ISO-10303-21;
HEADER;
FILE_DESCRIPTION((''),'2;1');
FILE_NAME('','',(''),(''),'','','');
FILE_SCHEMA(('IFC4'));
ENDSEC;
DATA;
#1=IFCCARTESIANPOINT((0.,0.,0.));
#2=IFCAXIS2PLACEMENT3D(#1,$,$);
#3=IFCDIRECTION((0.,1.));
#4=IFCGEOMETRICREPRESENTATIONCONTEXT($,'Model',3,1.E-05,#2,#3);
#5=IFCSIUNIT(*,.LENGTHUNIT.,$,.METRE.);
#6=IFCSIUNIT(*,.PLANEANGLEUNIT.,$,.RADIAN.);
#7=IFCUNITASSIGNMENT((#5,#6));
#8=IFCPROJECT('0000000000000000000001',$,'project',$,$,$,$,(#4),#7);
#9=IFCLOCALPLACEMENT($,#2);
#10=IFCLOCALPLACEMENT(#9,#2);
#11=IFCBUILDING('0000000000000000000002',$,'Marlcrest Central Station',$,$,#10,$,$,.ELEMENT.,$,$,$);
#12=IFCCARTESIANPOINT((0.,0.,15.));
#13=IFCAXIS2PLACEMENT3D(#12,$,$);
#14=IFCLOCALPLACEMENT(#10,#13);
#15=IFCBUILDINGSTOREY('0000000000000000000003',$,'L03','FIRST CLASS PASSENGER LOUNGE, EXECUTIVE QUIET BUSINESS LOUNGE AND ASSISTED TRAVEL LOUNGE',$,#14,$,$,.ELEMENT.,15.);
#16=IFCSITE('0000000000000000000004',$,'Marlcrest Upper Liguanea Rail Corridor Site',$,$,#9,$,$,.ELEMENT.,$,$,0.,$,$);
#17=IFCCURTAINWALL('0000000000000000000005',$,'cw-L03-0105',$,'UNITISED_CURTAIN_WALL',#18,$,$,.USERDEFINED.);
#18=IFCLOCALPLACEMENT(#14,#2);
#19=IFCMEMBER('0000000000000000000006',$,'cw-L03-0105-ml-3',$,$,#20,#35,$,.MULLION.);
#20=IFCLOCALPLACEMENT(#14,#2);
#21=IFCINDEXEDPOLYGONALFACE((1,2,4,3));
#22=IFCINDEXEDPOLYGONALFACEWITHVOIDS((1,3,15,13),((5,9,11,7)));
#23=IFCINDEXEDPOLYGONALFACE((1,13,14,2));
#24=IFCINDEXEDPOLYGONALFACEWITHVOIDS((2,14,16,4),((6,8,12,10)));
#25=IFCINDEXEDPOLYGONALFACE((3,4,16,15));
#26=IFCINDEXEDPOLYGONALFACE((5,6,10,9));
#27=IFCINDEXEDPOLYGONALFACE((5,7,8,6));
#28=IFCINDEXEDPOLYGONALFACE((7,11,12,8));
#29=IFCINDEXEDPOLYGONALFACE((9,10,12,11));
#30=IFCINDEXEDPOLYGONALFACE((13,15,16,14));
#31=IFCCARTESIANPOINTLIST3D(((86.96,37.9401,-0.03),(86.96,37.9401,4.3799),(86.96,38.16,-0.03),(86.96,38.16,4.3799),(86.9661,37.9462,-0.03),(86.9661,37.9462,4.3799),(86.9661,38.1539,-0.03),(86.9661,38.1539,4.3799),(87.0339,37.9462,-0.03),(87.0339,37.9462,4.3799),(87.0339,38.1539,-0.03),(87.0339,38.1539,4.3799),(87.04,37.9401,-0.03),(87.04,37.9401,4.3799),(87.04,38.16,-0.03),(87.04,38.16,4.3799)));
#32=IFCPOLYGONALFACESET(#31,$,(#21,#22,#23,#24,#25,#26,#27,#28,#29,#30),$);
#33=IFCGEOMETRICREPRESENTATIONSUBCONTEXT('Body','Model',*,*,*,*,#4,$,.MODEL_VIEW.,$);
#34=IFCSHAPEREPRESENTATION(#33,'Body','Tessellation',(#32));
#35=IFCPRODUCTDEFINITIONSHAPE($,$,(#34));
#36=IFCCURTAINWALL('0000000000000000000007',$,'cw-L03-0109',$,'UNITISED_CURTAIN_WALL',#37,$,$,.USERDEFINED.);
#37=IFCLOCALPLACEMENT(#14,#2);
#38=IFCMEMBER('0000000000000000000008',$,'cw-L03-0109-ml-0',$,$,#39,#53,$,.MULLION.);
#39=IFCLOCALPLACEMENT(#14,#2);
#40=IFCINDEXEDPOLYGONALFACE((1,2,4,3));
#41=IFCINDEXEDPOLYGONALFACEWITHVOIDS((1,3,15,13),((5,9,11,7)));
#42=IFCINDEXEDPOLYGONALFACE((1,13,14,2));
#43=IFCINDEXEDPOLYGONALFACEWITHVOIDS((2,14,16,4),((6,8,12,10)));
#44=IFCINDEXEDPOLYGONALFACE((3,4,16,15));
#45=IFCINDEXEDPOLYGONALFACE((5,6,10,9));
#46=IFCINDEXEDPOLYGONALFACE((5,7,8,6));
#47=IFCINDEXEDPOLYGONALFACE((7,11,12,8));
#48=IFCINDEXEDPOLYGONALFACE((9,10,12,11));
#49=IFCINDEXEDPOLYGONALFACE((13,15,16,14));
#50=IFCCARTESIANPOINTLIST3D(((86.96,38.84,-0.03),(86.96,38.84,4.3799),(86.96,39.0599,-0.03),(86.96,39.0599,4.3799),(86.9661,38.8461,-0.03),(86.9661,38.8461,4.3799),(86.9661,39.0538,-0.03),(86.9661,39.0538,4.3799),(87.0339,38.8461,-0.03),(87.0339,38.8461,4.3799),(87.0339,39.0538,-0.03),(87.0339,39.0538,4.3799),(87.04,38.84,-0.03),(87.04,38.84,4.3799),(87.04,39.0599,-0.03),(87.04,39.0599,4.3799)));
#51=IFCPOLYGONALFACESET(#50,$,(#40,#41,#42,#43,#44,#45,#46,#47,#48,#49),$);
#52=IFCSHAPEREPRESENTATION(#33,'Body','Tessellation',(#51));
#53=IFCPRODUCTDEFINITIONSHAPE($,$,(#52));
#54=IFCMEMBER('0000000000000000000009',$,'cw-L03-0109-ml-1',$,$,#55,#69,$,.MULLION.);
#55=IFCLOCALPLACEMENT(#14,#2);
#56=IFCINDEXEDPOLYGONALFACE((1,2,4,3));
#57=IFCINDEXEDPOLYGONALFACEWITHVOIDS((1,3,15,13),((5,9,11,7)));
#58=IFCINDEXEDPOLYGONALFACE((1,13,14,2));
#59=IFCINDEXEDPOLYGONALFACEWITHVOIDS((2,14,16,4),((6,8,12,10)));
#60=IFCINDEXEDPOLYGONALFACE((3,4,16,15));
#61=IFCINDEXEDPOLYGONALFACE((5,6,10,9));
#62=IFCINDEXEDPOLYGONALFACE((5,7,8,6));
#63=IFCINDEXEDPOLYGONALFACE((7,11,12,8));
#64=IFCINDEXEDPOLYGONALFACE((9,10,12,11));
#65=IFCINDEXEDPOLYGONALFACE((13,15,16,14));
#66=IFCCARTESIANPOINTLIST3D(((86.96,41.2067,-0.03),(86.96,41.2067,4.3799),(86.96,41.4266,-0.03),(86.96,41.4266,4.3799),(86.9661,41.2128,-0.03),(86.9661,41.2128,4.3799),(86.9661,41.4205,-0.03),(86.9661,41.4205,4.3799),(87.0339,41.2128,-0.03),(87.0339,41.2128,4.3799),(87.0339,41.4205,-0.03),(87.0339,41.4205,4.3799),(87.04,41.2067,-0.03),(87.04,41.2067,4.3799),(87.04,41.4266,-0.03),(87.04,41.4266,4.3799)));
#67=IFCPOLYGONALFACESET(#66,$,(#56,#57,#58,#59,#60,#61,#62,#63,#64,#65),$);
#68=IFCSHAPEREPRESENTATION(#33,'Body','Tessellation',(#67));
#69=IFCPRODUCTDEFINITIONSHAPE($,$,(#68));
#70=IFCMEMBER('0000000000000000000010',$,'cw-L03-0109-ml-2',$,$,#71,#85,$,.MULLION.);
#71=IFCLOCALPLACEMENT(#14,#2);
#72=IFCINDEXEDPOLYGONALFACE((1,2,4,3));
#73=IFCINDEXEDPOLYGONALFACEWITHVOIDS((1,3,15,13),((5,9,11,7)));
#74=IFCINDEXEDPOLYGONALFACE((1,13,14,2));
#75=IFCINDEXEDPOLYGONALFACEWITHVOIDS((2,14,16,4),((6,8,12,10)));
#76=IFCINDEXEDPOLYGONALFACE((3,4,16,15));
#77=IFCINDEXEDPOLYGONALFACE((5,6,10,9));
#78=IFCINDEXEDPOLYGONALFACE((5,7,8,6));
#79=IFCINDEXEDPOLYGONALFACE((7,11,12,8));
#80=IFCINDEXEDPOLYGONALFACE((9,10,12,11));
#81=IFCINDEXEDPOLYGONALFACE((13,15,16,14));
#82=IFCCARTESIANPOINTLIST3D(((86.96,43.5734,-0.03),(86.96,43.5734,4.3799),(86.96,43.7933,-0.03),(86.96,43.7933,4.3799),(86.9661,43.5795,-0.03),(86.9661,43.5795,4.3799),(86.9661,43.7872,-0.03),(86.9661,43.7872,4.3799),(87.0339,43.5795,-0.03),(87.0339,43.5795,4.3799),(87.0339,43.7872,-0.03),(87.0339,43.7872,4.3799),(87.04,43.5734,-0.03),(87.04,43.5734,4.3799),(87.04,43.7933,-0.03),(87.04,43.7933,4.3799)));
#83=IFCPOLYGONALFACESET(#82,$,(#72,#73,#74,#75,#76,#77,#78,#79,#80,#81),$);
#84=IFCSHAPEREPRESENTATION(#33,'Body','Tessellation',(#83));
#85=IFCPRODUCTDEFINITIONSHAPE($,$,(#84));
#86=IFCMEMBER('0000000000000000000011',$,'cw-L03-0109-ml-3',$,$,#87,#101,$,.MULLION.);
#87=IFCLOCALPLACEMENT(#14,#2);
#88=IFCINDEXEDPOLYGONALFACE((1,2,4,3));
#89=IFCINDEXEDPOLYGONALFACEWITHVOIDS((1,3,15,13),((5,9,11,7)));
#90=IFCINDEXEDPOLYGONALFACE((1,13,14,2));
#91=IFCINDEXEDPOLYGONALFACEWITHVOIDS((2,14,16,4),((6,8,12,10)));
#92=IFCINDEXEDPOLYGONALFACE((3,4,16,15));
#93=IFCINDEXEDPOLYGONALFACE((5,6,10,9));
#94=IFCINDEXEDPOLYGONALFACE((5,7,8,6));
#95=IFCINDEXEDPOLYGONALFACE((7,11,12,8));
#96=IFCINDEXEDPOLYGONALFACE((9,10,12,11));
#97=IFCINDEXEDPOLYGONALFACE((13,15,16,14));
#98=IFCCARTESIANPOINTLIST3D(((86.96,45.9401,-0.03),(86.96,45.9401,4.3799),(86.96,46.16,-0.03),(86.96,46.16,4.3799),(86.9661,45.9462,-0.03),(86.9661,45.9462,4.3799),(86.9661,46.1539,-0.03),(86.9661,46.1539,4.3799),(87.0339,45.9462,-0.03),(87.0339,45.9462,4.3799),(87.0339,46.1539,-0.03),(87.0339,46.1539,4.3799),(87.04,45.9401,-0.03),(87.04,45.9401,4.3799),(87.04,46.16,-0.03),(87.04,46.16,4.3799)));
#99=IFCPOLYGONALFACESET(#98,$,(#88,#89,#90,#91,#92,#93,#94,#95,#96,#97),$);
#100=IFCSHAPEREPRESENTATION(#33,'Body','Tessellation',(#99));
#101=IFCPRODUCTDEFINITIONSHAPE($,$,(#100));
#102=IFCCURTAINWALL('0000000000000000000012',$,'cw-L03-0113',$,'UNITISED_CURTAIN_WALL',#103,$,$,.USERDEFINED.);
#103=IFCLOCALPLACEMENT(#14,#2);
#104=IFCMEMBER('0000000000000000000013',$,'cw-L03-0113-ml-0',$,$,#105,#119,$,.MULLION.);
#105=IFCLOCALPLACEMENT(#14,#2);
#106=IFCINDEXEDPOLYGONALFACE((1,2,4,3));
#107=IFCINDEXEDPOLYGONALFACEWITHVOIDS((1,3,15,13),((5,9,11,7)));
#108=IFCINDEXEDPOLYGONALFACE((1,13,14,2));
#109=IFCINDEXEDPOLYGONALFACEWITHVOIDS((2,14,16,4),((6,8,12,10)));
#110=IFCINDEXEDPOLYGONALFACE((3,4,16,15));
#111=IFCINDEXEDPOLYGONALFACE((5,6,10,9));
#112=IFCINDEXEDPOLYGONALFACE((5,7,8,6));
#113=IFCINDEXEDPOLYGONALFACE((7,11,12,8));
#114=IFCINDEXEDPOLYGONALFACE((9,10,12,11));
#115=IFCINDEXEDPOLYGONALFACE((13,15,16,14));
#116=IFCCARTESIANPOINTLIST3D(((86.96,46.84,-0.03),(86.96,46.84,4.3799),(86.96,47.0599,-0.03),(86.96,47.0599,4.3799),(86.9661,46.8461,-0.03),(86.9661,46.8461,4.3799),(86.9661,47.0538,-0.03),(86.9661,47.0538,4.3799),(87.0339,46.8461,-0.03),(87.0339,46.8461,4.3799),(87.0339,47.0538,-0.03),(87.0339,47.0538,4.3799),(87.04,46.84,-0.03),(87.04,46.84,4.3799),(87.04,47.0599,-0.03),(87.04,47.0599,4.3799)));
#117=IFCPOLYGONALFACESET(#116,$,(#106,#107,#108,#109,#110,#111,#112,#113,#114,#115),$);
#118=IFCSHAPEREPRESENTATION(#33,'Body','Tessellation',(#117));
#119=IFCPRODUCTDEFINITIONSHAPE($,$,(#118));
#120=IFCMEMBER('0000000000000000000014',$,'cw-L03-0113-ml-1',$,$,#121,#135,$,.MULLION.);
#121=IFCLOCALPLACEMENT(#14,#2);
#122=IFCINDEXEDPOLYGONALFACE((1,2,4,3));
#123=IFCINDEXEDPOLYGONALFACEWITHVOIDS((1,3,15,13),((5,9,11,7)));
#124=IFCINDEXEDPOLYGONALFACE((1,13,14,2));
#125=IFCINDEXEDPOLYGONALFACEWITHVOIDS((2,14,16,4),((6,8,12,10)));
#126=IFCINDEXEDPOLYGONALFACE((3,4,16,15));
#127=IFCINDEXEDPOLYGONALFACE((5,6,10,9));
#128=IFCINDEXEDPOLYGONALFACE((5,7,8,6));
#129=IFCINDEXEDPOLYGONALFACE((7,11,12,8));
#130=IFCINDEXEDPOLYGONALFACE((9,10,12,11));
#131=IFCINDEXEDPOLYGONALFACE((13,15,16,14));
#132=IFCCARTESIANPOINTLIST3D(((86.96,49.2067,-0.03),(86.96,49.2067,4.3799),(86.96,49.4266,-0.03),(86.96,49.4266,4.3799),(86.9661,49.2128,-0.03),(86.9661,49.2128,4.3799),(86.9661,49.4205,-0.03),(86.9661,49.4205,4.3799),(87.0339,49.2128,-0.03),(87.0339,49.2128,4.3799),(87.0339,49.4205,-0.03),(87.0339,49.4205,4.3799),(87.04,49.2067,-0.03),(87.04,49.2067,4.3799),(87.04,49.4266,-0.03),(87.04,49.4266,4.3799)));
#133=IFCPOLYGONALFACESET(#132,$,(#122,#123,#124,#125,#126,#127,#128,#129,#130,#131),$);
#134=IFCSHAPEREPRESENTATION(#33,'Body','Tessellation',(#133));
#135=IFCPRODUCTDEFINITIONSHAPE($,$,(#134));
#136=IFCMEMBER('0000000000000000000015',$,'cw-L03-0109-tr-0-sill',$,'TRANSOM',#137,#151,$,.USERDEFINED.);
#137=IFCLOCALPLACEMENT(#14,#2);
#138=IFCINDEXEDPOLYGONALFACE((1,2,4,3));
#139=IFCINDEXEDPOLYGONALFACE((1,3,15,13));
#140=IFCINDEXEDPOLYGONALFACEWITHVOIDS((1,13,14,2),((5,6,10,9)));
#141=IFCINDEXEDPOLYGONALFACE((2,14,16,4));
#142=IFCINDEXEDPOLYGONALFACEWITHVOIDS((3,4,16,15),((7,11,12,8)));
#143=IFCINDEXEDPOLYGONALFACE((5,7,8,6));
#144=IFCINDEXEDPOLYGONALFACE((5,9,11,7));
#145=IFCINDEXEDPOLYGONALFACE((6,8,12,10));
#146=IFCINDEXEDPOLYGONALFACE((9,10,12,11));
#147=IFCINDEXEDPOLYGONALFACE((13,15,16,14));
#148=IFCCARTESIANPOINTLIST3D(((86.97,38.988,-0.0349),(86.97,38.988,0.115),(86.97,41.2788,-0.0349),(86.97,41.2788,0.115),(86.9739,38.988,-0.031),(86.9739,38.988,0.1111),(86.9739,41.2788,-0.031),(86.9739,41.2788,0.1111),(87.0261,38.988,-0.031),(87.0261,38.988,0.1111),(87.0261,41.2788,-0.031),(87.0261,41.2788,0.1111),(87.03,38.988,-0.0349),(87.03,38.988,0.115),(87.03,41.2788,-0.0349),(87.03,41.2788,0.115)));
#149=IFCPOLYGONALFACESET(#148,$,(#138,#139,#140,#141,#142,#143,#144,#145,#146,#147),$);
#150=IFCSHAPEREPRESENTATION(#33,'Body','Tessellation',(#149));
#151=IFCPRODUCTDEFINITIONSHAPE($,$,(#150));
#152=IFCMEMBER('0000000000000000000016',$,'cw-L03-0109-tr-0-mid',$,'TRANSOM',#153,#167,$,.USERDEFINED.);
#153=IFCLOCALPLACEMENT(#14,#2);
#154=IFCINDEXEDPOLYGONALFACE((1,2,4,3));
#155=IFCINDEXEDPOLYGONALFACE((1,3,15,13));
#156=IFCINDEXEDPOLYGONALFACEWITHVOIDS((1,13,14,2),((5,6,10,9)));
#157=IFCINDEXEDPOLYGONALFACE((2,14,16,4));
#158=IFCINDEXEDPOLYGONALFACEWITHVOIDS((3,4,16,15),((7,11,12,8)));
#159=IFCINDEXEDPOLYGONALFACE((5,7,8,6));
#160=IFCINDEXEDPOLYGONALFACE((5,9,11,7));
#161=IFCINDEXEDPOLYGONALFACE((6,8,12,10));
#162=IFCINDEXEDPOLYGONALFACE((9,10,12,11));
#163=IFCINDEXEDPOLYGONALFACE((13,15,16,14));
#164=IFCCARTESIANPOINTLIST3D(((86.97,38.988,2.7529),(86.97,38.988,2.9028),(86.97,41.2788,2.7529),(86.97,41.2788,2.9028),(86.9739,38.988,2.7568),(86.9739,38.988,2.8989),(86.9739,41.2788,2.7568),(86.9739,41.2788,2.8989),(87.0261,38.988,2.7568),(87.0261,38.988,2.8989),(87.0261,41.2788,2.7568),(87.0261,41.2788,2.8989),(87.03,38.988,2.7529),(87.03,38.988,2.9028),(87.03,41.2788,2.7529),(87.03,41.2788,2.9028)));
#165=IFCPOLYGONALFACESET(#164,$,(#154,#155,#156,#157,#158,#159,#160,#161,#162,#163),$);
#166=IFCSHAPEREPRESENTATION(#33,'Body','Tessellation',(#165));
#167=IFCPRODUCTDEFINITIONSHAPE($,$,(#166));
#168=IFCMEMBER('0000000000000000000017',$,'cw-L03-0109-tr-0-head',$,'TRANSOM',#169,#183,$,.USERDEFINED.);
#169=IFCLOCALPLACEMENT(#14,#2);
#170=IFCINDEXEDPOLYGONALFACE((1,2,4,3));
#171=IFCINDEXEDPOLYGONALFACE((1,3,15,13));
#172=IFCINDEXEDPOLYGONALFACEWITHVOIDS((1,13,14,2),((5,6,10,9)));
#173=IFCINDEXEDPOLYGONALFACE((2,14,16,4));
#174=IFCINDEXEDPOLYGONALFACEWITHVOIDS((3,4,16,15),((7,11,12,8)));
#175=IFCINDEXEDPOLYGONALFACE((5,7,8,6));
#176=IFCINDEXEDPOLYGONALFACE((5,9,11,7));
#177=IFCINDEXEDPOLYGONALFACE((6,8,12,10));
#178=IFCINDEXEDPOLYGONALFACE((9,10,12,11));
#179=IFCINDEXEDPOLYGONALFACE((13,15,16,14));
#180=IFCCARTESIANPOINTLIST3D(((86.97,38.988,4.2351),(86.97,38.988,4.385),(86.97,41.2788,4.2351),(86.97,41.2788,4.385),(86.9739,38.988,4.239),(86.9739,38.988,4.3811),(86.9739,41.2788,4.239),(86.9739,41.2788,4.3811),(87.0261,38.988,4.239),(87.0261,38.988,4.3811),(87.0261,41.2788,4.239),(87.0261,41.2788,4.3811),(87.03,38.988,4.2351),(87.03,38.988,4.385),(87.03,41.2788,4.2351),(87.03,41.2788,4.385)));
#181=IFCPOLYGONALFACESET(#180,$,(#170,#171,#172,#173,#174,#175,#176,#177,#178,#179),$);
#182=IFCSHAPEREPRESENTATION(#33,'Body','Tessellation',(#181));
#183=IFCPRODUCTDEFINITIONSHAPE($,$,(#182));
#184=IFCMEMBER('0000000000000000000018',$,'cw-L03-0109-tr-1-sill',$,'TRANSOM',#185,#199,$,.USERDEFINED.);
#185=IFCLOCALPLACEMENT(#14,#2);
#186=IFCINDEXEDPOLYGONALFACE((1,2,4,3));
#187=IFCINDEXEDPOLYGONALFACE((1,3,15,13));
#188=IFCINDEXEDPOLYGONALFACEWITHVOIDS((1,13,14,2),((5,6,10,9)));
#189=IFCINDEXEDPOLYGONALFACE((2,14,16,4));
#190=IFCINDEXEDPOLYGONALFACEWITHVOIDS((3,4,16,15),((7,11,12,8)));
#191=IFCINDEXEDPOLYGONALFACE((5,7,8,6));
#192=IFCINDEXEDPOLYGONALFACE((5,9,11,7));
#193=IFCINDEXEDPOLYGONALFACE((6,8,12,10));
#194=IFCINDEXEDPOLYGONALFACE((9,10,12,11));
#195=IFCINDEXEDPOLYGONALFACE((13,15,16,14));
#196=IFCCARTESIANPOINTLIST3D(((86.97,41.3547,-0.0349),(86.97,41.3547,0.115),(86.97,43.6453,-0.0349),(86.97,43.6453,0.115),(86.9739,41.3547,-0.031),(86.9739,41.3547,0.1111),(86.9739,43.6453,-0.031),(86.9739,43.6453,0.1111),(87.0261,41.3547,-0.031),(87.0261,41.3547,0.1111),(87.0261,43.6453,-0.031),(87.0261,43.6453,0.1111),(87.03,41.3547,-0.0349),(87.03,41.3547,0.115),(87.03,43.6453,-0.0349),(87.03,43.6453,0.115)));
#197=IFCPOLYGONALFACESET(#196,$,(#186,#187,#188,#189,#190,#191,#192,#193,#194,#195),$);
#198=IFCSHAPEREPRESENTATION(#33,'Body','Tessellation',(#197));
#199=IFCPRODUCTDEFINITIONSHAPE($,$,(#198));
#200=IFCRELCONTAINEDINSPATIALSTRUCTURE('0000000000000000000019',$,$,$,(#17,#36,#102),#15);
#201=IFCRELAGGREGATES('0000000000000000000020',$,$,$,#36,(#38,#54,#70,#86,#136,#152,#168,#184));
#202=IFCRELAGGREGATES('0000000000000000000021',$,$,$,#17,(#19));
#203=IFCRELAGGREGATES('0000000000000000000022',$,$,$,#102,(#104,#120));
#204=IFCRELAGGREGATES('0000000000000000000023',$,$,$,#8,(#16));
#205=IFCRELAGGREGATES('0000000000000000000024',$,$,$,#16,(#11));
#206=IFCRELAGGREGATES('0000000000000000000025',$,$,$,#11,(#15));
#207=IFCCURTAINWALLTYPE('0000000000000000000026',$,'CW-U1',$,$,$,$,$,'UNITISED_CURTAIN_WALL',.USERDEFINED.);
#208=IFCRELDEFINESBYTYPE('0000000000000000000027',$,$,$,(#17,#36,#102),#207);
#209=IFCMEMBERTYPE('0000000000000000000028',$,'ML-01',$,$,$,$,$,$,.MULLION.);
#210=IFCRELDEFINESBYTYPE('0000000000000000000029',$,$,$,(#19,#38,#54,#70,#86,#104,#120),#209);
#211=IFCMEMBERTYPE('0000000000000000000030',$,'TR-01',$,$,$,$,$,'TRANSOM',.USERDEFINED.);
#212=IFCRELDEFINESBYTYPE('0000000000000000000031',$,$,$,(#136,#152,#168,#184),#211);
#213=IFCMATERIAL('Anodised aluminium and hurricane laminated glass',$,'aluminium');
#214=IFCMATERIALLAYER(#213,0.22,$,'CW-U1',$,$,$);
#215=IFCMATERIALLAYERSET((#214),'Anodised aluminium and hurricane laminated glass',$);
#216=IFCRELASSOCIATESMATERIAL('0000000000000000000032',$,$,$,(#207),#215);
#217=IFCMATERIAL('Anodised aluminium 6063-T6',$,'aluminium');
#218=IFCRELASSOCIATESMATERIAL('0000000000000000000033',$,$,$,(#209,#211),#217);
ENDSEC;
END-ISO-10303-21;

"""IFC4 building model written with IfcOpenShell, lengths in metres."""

from ifc_helpers import new_model, si_unit, direction, frame, origin, origin_2d, place, context, subcontext, project, spatial, hollow_rectangle, extrude, material, layer, layer_set, material_profile, profile_set, type_object, element, aggregate, save


model = new_model("IFC4")

# Units and contexts
model_context = context("Model", 3, precision=1e-05, world=origin(), true_north=direction((0.0, 1.0)))
body_context = subcontext(model_context, "Body", "Model", "MODEL_VIEW")
ifc_project = project(units=[si_unit("LENGTHUNIT", "METRE"), si_unit("PLANEANGLEUNIT", "RADIAN")], contexts=[model_context])

# Site, building, storey
site_placement = place(None, origin())
site = spatial("IfcSite", under=ifc_project, at=site_placement, Name="Marlcrest Upper Liguanea Rail Corridor Site", CompositionType="ELEMENT", RefElevation=0.0)
building_placement = place(site_placement, origin())
building = spatial("IfcBuilding", under=site, at=building_placement, Name="Marlcrest Central Station", CompositionType="ELEMENT")
storey_placement = place(building_placement, frame((0.0, 0.0, 15.0)))
storey = spatial("IfcBuildingStorey", under=building, at=storey_placement, Name="L03", Description="FIRST CLASS PASSENGER LOUNGE, EXECUTIVE QUIET BUSINESS LOUNGE AND ASSISTED TRAVEL LOUNGE", CompositionType="ELEMENT", Elevation=15.0)

# Curtain wall, member
ifc_material_1 = material(Name="Anodised aluminium and hurricane laminated glass", Category="aluminium")
ifc_layer_1 = layer(ifc_material_1, 0.22, Name="CW-U1")
ifc_layer_set_1 = layer_set([ifc_layer_1], Name="Anodised aluminium and hurricane laminated glass")
curtain_wall_type = type_object("IfcCurtainWallType", Name="CW-U1", ElementType="UNITISED_CURTAIN_WALL", PredefinedType="USERDEFINED", material=ifc_layer_set_1)
curtain_wall_1_placement = place(storey_placement, origin())
curtain_wall_1 = element("IfcCurtainWall", 1, at=curtain_wall_1_placement, inside=storey, type_object=curtain_wall_type, Name="cw-L03-0105", ObjectType="UNITISED_CURTAIN_WALL", PredefinedType="USERDEFINED")
ifc_material_2 = material(Name="Anodised aluminium 6063-T6", Category="aluminium")
ifc_material_profile_1 = material_profile(ifc_material_2, hollow_rectangle(XDim=0.0801, YDim=0.22, WallThickness=0.0061, at=origin_2d()), Name="AA-RHS 220x80x6")
ifc_profile_set_1 = profile_set([ifc_material_profile_1], Name="Anodised aluminium 6063-T6")
member_type_1 = type_object("IfcMemberType", Name="ML-01", PredefinedType="MULLION", material=ifc_profile_set_1)
member_1_placement = place(storey_placement, frame((87.0, 38.05, -0.03), z_axis=(0.0, 0.0, 1.0), x_axis=(1.0, 0.0, 0.0)))
member_1 = element("IfcMember", 2, at=member_1_placement, type_object=member_type_1, Name="cw-L03-0105-ml-3", PredefinedType="MULLION", context=body_context, shape_type="SweptSolid", body=[
    extrude(hollow_rectangle(XDim=0.0801, YDim=0.22, WallThickness=0.0061, at=origin_2d()), origin(), (0.0, 0.0, 1.0), 4.4099),
])

# Curtain walls, members
curtain_wall_2_placement = place(storey_placement, origin())
curtain_wall_2 = element("IfcCurtainWall", 3, at=curtain_wall_2_placement, inside=storey, type_object=curtain_wall_type, Name="cw-L03-0109", ObjectType="UNITISED_CURTAIN_WALL", PredefinedType="USERDEFINED")
member_2_placement = place(storey_placement, frame((87.0, 38.95, -0.03), z_axis=(0.0, 0.0, 1.0), x_axis=(1.0, 0.0, 0.0)))
member_2 = element("IfcMember", 4, at=member_2_placement, type_object=member_type_1, Name="cw-L03-0109-ml-0", PredefinedType="MULLION", context=body_context, shape_type="SweptSolid", body=[
    extrude(hollow_rectangle(XDim=0.0801, YDim=0.22, WallThickness=0.0061, at=origin_2d()), origin(), (0.0, 0.0, 1.0), 4.4099),
])
member_3_placement = place(storey_placement, frame((87.0, 41.3167, -0.03), z_axis=(0.0, 0.0, 1.0), x_axis=(1.0, 0.0, 0.0)))
member_3 = element("IfcMember", 5, at=member_3_placement, type_object=member_type_1, Name="cw-L03-0109-ml-1", PredefinedType="MULLION", context=body_context, shape_type="SweptSolid", body=[
    extrude(hollow_rectangle(XDim=0.0801, YDim=0.22, WallThickness=0.0061, at=origin_2d()), origin(), (0.0, 0.0, 1.0), 4.4099),
])
member_4_placement = place(storey_placement, frame((87.0, 43.6833, -0.03), z_axis=(0.0, 0.0, 1.0), x_axis=(1.0, 0.0, 0.0)))
member_4 = element("IfcMember", 6, at=member_4_placement, type_object=member_type_1, Name="cw-L03-0109-ml-2", PredefinedType="MULLION", context=body_context, shape_type="SweptSolid", body=[
    extrude(hollow_rectangle(XDim=0.0801, YDim=0.22, WallThickness=0.0061, at=origin_2d()), origin(), (0.0, 0.0, 1.0), 4.4099),
])
member_5_placement = place(storey_placement, frame((87.0, 46.05, -0.03), z_axis=(0.0, 0.0, 1.0), x_axis=(1.0, 0.0, 0.0)))
member_5 = element("IfcMember", 7, at=member_5_placement, type_object=member_type_1, Name="cw-L03-0109-ml-3", PredefinedType="MULLION", context=body_context, shape_type="SweptSolid", body=[
    extrude(hollow_rectangle(XDim=0.0801, YDim=0.22, WallThickness=0.0061, at=origin_2d()), origin(), (0.0, 0.0, 1.0), 4.4099),
])
curtain_wall_3_placement = place(storey_placement, origin())
curtain_wall_3 = element("IfcCurtainWall", 8, at=curtain_wall_3_placement, inside=storey, type_object=curtain_wall_type, Name="cw-L03-0113", ObjectType="UNITISED_CURTAIN_WALL", PredefinedType="USERDEFINED")
member_6_placement = place(storey_placement, frame((87.0, 46.95, -0.03), z_axis=(0.0, 0.0, 1.0), x_axis=(1.0, 0.0, 0.0)))
member_6 = element("IfcMember", 9, at=member_6_placement, type_object=member_type_1, Name="cw-L03-0113-ml-0", PredefinedType="MULLION", context=body_context, shape_type="SweptSolid", body=[
    extrude(hollow_rectangle(XDim=0.0801, YDim=0.22, WallThickness=0.0061, at=origin_2d()), origin(), (0.0, 0.0, 1.0), 4.4099),
])
member_7_placement = place(storey_placement, frame((87.0, 49.3167, -0.03), z_axis=(0.0, 0.0, 1.0), x_axis=(1.0, 0.0, 0.0)))
member_7 = element("IfcMember", 10, at=member_7_placement, type_object=member_type_1, Name="cw-L03-0113-ml-1", PredefinedType="MULLION", context=body_context, shape_type="SweptSolid", body=[
    extrude(hollow_rectangle(XDim=0.0801, YDim=0.22, WallThickness=0.0061, at=origin_2d()), origin(), (0.0, 0.0, 1.0), 4.4099),
])

# Members
ifc_material_profile_2 = material_profile(ifc_material_2, hollow_rectangle(XDim=0.0601, YDim=0.1499, WallThickness=0.0039, at=origin_2d()), Name="AA-RHS 150x60x4")
ifc_profile_set_2 = profile_set([ifc_material_profile_2], Name="Anodised aluminium 6063-T6")
member_type_2 = type_object("IfcMemberType", Name="TR-01", ElementType="TRANSOM", PredefinedType="USERDEFINED", material=ifc_profile_set_2)
member_8_placement = place(storey_placement, frame((87.0, 38.988, 0.04), z_axis=(0.0, 1.0, 0.0), x_axis=(-1.0, 0.0, 0.0)))
member_8 = element("IfcMember", 11, at=member_8_placement, type_object=member_type_2, Name="cw-L03-0109-tr-0-sill", ObjectType="TRANSOM", PredefinedType="USERDEFINED", context=body_context, shape_type="SweptSolid", body=[
    extrude(hollow_rectangle(XDim=0.0601, YDim=0.1499, WallThickness=0.0039, at=origin_2d()), origin(), (0.0, 0.0, 1.0), 2.2908),
])
member_9_placement = place(storey_placement, frame((87.0, 38.988, 2.8279), z_axis=(0.0, 1.0, 0.0), x_axis=(-1.0, 0.0, 0.0)))
member_9 = element("IfcMember", 12, at=member_9_placement, type_object=member_type_2, Name="cw-L03-0109-tr-0-mid", ObjectType="TRANSOM", PredefinedType="USERDEFINED", context=body_context, shape_type="SweptSolid", body=[
    extrude(hollow_rectangle(XDim=0.0601, YDim=0.1499, WallThickness=0.0039, at=origin_2d()), origin(), (0.0, 0.0, 1.0), 2.2908),
])
member_10_placement = place(storey_placement, frame((87.0, 38.988, 4.3101), z_axis=(0.0, 1.0, 0.0), x_axis=(-1.0, 0.0, 0.0)))
member_10 = element("IfcMember", 13, at=member_10_placement, type_object=member_type_2, Name="cw-L03-0109-tr-0-head", ObjectType="TRANSOM", PredefinedType="USERDEFINED", context=body_context, shape_type="SweptSolid", body=[
    extrude(hollow_rectangle(XDim=0.0601, YDim=0.1499, WallThickness=0.0039, at=origin_2d()), origin(), (0.0, 0.0, 1.0), 2.2908),
])
member_11_placement = place(storey_placement, frame((87.0, 41.3547, 0.04), z_axis=(0.0, 1.0, 0.0), x_axis=(-1.0, 0.0, 0.0)))
member_11 = element("IfcMember", 14, at=member_11_placement, type_object=member_type_2, Name="cw-L03-0109-tr-1-sill", ObjectType="TRANSOM", PredefinedType="USERDEFINED", context=body_context, shape_type="SweptSolid", body=[
    extrude(hollow_rectangle(XDim=0.0601, YDim=0.1499, WallThickness=0.0039, at=origin_2d()), origin(), (0.0, 0.0, 1.0), 2.2905),
])

aggregate(curtain_wall_2, [member_2, member_3, member_4, member_5, member_8, member_9, member_10, member_11])
aggregate(curtain_wall_1, [member_1])
aggregate(curtain_wall_3, [member_6, member_7])

save(model, "model.ifc")
